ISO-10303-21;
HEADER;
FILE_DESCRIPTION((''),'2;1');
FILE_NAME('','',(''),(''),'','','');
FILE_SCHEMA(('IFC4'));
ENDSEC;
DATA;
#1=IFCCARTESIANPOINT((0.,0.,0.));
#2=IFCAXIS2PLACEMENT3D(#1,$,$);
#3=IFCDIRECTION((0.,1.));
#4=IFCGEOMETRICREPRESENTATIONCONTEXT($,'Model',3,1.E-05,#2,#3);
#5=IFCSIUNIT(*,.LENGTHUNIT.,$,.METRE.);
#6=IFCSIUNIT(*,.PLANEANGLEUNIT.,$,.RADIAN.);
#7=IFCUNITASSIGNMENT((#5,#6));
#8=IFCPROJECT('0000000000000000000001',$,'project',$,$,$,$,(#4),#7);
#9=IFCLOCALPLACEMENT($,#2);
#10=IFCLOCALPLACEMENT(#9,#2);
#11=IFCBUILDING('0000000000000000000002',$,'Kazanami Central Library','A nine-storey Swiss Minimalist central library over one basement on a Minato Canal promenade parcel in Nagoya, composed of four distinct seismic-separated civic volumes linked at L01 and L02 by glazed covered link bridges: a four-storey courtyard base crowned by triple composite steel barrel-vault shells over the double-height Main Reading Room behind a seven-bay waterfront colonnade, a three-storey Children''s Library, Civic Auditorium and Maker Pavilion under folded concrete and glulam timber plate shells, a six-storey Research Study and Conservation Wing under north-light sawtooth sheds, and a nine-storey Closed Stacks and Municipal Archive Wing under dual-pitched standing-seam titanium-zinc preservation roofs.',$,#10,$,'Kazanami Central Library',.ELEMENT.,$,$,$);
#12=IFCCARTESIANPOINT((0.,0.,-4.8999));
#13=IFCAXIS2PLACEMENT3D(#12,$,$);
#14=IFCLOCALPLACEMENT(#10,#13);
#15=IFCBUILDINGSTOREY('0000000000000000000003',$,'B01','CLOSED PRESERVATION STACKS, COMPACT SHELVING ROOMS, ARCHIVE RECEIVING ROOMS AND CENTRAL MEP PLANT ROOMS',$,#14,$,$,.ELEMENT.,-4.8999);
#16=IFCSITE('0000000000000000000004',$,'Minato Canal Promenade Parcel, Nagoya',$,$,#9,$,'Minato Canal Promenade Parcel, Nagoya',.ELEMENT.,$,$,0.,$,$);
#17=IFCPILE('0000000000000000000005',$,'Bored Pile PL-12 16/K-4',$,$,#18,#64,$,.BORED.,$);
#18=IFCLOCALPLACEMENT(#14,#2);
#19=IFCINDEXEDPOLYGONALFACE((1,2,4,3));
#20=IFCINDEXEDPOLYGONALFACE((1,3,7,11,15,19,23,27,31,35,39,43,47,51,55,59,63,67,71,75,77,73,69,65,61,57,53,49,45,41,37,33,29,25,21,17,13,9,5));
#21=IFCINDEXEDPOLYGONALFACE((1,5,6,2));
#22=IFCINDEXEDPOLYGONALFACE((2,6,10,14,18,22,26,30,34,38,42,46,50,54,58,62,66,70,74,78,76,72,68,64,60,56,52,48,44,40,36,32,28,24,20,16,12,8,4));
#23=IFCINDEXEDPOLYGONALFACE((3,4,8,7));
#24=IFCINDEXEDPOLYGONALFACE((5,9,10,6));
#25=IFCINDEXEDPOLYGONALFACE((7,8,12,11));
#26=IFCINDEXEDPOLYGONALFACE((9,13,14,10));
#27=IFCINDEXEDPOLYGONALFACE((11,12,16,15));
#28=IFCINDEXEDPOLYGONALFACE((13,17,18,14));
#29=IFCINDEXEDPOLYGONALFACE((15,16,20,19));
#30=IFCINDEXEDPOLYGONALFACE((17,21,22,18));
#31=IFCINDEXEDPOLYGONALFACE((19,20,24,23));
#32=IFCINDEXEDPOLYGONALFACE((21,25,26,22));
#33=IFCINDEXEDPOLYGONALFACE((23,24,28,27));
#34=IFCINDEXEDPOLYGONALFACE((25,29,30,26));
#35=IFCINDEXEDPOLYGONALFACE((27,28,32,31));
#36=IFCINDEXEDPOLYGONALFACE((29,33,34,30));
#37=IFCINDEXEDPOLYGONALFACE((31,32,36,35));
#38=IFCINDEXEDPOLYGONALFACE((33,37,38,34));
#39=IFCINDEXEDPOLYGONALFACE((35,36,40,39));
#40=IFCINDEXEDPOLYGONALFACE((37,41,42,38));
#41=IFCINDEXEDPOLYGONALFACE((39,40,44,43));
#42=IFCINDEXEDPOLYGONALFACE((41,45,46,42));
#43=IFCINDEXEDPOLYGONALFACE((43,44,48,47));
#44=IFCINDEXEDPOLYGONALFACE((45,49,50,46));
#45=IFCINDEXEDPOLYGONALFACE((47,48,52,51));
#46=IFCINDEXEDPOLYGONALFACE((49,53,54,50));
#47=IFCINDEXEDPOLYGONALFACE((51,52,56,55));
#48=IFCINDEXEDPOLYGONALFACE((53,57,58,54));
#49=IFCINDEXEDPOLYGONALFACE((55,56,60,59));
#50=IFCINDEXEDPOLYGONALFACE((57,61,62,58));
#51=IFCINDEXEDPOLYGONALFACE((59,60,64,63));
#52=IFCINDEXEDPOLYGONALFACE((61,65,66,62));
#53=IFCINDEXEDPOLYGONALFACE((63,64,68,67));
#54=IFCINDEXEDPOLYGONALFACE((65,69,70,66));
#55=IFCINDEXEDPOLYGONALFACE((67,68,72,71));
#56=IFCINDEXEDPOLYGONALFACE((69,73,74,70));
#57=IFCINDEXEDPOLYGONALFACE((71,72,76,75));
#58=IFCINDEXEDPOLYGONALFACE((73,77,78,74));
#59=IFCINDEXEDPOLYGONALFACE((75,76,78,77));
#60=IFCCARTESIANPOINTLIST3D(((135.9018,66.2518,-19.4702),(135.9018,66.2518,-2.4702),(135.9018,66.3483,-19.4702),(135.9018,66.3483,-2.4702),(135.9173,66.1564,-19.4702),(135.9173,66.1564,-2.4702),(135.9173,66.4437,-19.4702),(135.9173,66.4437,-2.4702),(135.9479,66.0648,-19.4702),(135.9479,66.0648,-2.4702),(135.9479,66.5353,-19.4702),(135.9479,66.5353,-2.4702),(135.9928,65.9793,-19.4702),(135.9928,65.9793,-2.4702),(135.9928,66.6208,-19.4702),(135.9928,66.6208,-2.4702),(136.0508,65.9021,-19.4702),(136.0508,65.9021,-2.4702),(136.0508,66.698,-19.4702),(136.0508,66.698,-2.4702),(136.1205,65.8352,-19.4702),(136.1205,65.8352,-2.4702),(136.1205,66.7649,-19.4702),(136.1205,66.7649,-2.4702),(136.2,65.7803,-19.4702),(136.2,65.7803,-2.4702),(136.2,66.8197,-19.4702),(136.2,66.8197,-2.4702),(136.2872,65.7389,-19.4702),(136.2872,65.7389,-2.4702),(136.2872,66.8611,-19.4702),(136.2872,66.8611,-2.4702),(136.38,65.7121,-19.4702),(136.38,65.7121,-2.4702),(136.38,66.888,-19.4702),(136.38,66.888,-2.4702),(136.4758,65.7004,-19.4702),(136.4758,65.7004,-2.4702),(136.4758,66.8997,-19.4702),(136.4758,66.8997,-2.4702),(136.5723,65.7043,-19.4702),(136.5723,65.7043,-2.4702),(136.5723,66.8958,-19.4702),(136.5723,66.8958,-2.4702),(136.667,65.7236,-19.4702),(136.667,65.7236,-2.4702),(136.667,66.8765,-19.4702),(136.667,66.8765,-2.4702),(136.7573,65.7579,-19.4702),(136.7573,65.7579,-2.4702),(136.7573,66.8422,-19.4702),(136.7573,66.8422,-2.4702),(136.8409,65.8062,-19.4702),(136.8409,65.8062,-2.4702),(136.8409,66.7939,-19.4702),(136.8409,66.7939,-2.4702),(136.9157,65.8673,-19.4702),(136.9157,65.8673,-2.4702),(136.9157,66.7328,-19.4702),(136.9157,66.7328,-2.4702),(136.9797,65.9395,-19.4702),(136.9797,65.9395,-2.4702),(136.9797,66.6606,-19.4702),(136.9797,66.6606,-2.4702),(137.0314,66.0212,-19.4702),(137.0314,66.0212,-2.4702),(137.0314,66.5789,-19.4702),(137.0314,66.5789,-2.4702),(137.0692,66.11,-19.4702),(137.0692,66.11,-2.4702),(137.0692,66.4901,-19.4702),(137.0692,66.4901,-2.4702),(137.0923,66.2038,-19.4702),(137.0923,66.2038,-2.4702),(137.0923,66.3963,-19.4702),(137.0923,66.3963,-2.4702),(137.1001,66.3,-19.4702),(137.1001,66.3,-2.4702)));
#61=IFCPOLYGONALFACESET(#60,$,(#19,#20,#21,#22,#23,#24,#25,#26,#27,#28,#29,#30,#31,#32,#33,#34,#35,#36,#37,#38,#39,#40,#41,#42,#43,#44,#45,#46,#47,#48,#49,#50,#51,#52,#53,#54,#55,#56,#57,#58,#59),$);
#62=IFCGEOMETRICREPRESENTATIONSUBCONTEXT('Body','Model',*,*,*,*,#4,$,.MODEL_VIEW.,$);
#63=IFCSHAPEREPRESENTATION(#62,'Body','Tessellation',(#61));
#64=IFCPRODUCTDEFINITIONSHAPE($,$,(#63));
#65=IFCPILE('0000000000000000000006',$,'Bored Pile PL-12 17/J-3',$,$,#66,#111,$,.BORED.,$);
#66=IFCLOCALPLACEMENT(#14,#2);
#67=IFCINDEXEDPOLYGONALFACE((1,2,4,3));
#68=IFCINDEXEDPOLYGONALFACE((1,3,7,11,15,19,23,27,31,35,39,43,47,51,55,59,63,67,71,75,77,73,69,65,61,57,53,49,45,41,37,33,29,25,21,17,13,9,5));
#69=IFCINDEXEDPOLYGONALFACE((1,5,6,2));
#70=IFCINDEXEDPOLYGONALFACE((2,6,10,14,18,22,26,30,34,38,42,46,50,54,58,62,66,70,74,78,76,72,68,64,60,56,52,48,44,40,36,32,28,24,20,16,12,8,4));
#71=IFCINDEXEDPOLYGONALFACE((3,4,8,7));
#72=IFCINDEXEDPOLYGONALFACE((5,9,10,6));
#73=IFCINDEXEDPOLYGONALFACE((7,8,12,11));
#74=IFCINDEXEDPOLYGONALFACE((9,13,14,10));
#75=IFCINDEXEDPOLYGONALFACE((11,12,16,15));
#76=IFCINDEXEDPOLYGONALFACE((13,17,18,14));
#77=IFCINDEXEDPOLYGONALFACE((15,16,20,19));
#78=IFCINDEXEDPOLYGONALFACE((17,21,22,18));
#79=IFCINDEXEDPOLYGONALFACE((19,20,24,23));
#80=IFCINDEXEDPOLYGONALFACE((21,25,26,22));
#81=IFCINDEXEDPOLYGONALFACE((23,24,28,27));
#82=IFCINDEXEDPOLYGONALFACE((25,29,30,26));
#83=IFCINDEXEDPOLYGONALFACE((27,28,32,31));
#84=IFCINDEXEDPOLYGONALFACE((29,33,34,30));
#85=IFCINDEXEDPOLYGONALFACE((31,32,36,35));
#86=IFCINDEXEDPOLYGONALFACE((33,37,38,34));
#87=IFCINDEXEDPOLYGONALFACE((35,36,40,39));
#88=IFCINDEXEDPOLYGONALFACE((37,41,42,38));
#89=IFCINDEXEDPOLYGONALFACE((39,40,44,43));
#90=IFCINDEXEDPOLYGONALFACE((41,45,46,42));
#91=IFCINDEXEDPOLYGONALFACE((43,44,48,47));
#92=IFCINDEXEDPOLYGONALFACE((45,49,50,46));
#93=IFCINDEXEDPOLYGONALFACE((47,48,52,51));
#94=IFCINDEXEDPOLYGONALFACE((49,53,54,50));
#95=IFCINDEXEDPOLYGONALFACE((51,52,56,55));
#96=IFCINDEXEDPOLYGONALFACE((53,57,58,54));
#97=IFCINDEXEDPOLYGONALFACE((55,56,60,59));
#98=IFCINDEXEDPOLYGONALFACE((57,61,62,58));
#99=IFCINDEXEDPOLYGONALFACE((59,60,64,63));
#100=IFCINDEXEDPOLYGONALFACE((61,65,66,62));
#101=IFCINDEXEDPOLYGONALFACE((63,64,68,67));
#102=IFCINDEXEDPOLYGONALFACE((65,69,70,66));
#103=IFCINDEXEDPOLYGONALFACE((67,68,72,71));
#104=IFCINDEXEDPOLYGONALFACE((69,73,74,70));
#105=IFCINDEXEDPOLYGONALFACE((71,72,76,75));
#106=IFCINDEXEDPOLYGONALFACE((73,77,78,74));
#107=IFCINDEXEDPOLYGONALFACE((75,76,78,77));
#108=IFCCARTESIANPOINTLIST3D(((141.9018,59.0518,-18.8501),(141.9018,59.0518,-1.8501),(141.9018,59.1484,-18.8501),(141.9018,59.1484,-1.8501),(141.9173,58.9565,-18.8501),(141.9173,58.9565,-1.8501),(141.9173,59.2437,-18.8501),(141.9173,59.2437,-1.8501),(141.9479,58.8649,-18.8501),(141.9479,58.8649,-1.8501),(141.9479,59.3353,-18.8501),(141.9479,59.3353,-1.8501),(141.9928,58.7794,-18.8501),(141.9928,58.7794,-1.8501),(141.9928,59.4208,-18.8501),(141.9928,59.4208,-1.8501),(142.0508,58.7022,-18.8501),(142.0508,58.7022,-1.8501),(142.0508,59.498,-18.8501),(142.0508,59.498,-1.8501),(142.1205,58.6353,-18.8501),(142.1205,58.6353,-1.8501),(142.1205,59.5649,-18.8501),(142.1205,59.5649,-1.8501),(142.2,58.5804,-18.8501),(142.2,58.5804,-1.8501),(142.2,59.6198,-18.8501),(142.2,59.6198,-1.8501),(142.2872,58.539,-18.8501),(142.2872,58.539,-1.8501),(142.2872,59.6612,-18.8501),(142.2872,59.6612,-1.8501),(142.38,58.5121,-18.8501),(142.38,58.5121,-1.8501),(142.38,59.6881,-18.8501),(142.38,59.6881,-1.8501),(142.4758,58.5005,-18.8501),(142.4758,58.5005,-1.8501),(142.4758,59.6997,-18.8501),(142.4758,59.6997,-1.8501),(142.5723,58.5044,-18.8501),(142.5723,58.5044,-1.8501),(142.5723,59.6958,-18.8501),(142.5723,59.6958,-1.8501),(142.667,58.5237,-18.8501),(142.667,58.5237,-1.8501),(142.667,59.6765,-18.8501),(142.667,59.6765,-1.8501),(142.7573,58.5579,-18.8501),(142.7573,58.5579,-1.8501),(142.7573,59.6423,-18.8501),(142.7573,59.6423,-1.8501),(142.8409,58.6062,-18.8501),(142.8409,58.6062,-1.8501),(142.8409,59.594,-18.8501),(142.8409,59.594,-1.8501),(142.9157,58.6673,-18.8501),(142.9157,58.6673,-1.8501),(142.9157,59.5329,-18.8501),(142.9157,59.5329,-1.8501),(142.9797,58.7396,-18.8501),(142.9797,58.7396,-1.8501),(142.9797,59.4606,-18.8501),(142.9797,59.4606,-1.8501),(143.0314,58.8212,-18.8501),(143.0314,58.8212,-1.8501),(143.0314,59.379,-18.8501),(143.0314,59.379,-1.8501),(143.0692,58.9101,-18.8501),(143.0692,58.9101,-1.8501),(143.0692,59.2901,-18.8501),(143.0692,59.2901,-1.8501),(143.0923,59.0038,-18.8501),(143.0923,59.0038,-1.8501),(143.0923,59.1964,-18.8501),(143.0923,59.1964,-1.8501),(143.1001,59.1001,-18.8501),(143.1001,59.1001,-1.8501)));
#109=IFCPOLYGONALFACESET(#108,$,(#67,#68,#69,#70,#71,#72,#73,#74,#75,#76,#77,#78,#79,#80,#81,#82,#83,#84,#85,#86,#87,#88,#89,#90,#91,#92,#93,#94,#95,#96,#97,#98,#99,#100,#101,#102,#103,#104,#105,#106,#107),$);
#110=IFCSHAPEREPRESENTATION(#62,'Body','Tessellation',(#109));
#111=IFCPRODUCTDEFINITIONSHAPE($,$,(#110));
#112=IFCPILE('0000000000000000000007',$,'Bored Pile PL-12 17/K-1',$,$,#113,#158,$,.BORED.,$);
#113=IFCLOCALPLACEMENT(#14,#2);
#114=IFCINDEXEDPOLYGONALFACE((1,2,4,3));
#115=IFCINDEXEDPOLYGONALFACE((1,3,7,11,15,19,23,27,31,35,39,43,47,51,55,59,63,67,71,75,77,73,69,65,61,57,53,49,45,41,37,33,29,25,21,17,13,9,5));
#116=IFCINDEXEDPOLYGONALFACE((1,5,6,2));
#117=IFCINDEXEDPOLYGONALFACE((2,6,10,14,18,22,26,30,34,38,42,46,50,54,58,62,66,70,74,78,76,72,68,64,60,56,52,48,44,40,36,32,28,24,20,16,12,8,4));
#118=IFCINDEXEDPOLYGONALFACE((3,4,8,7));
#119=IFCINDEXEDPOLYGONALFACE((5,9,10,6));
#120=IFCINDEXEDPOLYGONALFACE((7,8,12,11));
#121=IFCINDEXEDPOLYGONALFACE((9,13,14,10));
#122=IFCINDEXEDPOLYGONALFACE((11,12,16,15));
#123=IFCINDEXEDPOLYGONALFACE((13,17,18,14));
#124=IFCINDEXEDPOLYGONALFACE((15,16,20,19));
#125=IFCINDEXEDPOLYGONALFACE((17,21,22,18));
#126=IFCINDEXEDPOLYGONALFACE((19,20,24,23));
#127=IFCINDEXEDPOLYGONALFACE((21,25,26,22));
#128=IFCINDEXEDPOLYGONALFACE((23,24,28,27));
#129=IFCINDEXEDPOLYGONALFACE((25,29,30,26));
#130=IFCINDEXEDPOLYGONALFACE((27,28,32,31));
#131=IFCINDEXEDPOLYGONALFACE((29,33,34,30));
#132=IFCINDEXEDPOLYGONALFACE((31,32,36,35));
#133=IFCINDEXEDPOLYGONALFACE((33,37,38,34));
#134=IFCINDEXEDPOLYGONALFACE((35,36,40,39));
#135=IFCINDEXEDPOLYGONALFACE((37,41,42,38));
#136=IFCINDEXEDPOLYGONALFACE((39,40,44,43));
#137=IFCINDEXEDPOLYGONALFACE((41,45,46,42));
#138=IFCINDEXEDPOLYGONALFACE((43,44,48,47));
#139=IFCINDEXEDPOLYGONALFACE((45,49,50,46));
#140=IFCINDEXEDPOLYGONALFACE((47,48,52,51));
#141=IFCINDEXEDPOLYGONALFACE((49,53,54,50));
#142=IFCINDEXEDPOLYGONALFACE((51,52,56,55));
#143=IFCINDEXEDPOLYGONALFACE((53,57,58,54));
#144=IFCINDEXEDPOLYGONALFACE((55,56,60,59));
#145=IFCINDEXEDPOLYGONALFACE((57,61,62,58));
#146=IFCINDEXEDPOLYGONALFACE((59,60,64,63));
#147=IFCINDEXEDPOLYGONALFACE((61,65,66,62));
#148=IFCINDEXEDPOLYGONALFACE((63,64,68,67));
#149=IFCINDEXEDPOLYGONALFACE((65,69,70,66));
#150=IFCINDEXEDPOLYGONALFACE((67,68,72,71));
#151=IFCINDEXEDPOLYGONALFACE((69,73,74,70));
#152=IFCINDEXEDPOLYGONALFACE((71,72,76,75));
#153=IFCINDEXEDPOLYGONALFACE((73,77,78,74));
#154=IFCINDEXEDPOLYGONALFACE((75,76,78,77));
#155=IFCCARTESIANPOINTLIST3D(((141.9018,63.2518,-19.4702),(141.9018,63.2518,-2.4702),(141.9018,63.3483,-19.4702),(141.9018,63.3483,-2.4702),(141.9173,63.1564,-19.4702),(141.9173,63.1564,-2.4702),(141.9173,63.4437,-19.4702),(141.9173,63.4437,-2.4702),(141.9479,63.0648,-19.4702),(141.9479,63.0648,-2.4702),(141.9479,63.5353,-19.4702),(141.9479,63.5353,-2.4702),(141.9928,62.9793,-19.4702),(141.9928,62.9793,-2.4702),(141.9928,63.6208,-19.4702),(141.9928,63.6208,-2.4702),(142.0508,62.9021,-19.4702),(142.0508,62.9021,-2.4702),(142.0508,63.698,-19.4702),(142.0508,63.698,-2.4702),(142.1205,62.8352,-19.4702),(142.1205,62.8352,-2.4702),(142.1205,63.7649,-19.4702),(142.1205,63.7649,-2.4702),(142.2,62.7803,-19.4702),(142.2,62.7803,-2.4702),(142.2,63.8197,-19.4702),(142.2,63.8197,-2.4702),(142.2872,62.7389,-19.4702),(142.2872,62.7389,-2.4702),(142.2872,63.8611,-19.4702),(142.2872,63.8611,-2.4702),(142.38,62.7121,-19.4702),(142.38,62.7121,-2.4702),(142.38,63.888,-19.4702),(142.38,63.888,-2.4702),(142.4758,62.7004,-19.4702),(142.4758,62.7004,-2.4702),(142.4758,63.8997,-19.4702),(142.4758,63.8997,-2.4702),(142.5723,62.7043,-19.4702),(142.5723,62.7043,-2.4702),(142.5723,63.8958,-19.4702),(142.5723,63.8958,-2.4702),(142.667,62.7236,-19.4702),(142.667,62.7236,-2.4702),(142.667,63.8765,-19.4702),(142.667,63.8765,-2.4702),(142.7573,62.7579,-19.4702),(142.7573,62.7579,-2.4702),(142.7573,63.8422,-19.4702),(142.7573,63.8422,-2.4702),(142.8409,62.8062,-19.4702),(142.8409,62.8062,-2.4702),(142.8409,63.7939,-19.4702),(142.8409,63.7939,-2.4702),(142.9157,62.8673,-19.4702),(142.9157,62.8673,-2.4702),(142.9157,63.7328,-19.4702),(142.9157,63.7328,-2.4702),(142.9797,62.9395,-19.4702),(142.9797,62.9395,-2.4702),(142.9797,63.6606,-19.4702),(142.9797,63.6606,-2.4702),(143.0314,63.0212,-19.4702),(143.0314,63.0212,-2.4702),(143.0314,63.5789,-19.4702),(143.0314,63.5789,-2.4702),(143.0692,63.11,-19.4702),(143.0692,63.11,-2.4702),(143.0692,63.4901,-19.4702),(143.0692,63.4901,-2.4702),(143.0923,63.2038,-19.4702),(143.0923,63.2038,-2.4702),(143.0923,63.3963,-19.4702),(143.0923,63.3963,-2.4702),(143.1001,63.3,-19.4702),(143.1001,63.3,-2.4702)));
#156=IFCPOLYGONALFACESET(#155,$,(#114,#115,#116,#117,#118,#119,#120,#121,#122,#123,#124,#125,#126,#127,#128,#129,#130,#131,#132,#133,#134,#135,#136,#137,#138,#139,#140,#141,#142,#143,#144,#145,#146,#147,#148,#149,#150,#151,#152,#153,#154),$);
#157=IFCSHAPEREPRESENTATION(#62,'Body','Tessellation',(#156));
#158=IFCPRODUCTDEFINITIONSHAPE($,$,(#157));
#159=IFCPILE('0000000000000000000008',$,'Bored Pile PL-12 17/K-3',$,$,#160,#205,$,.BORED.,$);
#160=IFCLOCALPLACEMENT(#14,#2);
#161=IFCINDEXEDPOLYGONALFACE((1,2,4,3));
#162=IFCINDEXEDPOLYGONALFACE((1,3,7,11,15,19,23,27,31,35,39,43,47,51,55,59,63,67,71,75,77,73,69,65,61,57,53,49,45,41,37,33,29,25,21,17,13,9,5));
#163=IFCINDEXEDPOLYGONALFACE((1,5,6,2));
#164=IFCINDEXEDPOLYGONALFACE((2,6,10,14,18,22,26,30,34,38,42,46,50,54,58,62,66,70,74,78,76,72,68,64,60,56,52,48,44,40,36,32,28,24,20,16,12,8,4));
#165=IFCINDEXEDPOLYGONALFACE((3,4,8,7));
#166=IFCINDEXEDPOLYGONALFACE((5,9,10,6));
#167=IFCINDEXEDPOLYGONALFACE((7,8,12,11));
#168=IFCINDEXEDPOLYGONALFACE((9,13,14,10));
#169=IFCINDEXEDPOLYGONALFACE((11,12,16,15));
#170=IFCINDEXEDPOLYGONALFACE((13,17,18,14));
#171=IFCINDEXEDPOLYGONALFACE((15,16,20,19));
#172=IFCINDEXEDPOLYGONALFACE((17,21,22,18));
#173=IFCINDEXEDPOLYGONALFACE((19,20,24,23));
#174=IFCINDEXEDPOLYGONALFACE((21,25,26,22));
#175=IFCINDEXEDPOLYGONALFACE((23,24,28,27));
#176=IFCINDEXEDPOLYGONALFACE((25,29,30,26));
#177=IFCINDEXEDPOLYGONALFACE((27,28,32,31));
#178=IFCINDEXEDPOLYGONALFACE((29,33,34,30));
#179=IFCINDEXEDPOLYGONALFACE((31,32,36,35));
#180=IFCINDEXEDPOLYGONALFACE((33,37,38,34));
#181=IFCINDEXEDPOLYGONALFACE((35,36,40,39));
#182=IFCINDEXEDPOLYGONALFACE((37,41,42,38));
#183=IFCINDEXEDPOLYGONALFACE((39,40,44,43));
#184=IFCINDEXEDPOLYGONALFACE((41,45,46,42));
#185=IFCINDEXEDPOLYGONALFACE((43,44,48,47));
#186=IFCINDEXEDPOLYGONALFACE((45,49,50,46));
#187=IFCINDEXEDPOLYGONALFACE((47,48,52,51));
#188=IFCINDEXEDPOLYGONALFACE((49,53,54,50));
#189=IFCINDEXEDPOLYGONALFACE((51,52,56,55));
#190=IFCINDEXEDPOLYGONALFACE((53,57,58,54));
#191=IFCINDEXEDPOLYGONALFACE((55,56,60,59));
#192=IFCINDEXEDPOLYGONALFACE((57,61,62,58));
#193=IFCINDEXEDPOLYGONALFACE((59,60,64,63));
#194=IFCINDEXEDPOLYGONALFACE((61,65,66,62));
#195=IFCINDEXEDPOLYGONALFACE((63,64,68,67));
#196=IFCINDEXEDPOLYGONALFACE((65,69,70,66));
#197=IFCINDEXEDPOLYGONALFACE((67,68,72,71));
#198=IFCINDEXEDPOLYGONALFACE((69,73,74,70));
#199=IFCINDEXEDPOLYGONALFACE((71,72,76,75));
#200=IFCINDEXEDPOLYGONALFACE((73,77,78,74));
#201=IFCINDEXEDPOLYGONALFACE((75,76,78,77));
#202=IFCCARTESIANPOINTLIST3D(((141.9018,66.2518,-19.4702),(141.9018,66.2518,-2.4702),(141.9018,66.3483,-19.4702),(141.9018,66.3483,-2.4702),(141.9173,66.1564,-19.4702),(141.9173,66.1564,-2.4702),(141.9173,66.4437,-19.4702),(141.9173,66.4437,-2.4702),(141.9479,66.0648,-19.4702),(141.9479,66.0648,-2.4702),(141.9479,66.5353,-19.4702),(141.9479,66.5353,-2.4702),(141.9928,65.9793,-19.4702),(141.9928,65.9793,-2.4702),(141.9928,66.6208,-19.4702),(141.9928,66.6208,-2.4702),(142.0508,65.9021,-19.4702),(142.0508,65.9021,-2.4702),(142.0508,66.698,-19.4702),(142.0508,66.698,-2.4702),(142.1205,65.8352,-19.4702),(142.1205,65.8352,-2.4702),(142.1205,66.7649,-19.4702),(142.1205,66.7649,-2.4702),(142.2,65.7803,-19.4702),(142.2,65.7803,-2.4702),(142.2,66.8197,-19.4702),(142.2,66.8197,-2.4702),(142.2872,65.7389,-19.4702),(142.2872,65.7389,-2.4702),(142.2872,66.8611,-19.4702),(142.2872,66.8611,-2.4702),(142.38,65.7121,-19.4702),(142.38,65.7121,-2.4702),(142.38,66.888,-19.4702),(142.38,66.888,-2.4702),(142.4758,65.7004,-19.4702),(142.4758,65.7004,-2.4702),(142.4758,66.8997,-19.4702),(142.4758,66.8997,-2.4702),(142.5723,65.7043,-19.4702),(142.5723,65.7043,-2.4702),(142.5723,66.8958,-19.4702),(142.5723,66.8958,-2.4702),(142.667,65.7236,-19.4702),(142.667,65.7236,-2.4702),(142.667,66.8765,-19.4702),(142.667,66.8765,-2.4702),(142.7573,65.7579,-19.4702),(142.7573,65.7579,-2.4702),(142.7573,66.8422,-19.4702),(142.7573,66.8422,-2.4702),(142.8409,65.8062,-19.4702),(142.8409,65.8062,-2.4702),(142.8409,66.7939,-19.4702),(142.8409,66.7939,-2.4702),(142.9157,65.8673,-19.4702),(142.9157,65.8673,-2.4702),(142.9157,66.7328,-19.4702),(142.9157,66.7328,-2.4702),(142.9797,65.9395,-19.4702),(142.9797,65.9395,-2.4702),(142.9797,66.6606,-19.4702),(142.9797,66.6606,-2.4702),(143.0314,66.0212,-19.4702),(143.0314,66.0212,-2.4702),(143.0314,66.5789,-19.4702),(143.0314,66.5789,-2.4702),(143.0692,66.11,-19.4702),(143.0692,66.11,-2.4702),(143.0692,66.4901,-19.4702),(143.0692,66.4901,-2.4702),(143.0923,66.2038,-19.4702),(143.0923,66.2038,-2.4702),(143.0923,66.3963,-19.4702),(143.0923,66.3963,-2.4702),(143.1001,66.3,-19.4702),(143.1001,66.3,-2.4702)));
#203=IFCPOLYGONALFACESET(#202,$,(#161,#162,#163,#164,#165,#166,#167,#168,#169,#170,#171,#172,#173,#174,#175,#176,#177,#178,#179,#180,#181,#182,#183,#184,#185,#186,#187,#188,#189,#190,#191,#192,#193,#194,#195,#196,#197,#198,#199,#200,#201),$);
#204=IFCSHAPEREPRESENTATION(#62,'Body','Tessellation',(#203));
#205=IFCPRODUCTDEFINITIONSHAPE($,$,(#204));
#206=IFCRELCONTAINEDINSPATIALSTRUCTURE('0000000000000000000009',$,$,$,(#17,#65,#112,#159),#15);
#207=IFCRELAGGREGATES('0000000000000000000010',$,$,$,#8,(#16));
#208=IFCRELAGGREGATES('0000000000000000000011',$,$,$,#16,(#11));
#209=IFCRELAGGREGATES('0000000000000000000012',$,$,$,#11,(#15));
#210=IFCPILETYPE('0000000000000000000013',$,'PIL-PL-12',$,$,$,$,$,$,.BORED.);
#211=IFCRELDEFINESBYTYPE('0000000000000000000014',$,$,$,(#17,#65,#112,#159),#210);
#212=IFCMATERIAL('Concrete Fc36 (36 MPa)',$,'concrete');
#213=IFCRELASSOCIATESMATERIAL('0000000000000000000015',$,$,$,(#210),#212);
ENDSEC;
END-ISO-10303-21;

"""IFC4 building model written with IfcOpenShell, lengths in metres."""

from ifc_helpers import new_model, si_unit, direction, frame, origin, origin_2d, place, context, subcontext, project, spatial, circle, extrude, material, material_profile, profile_set, type_object, element, save


model = new_model("IFC4")

# Units and contexts
model_context = context("Model", 3, precision=1e-05, world=origin(), true_north=direction((0.0, 1.0)))
body_context = subcontext(model_context, "Body", "Model", "MODEL_VIEW")
ifc_project = project(units=[si_unit("LENGTHUNIT", "METRE"), si_unit("PLANEANGLEUNIT", "RADIAN")], contexts=[model_context])

# Site, building, storey
site_placement = place(None, origin())
site = spatial("IfcSite", under=ifc_project, at=site_placement, Name="Minato Canal Promenade Parcel, Nagoya", LongName="Minato Canal Promenade Parcel, Nagoya", CompositionType="ELEMENT", RefElevation=0.0)
building_placement = place(site_placement, origin())
building = spatial("IfcBuilding", under=site, at=building_placement, Name="Kazanami Central Library", Description="A nine-storey Swiss Minimalist central library over one basement on a Minato Canal promenade parcel in Nagoya, composed of four distinct seismic-separated civic volumes linked at L01 and L02 by glazed covered link bridges: a four-storey courtyard base crowned by triple composite steel barrel-vault shells over the double-height Main Reading Room behind a seven-bay waterfront colonnade, a three-storey Children's Library, Civic Auditorium and Maker Pavilion under folded concrete and glulam timber plate shells, a six-storey Research Study and Conservation Wing under north-light sawtooth sheds, and a nine-storey Closed Stacks and Municipal Archive Wing under dual-pitched standing-seam titanium-zinc preservation roofs.", LongName="Kazanami Central Library", CompositionType="ELEMENT")
storey_placement = place(building_placement, frame((0.0, 0.0, -4.8999)))
storey = spatial("IfcBuildingStorey", under=building, at=storey_placement, Name="B01", Description="CLOSED PRESERVATION STACKS, COMPACT SHELVING ROOMS, ARCHIVE RECEIVING ROOMS AND CENTRAL MEP PLANT ROOMS", CompositionType="ELEMENT", Elevation=-4.8999)

# Shared definitions
ifc_material_1 = material(Name="Concrete Fc36 (36 MPa)", Category="concrete")

# Piles
ifc_material_profile_1 = material_profile(ifc_material_1, circle(Radius=0.6001, at=origin_2d()), Name="BORED-D1200")
ifc_profile_set_1 = profile_set([ifc_material_profile_1], Name="Concrete Fc36 (36 MPa)")
pile_type = type_object("IfcPileType", Name="PIL-PL-12", PredefinedType="BORED", material=ifc_profile_set_1)
for number, where, z_axis, x_axis, name in (
    (1, (136.5, 66.3, -2.4702), (0.0, 0.0, -1.0), (1.0, 0.0, 0.0), "Bored Pile PL-12 16/K-4"),
    (2, (142.5, 59.1001, -1.8501), (0.0, 0.0, -1.0), (1.0, 0.0, 0.0), "Bored Pile PL-12 17/J-3"),
    (3, (142.5, 63.3, -2.4702), (0.0, 0.0, -1.0), (1.0, 0.0, 0.0), "Bored Pile PL-12 17/K-1"),
    (4, (142.5, 66.3, -2.4702), (0.0, 0.0, -1.0), (1.0, 0.0, 0.0), "Bored Pile PL-12 17/K-3"),
):
    element("IfcPile", number, at=place(storey_placement, frame(where, z_axis=z_axis, x_axis=x_axis)), inside=storey, type_object=pile_type, Name=name, PredefinedType="BORED", context=body_context, shape_type="SweptSolid", body=[
        extrude(circle(Radius=0.6001, at=origin_2d()), origin(), (0.0, 0.0, 1.0), 17.0),
    ])

save(model, "model.ifc")
